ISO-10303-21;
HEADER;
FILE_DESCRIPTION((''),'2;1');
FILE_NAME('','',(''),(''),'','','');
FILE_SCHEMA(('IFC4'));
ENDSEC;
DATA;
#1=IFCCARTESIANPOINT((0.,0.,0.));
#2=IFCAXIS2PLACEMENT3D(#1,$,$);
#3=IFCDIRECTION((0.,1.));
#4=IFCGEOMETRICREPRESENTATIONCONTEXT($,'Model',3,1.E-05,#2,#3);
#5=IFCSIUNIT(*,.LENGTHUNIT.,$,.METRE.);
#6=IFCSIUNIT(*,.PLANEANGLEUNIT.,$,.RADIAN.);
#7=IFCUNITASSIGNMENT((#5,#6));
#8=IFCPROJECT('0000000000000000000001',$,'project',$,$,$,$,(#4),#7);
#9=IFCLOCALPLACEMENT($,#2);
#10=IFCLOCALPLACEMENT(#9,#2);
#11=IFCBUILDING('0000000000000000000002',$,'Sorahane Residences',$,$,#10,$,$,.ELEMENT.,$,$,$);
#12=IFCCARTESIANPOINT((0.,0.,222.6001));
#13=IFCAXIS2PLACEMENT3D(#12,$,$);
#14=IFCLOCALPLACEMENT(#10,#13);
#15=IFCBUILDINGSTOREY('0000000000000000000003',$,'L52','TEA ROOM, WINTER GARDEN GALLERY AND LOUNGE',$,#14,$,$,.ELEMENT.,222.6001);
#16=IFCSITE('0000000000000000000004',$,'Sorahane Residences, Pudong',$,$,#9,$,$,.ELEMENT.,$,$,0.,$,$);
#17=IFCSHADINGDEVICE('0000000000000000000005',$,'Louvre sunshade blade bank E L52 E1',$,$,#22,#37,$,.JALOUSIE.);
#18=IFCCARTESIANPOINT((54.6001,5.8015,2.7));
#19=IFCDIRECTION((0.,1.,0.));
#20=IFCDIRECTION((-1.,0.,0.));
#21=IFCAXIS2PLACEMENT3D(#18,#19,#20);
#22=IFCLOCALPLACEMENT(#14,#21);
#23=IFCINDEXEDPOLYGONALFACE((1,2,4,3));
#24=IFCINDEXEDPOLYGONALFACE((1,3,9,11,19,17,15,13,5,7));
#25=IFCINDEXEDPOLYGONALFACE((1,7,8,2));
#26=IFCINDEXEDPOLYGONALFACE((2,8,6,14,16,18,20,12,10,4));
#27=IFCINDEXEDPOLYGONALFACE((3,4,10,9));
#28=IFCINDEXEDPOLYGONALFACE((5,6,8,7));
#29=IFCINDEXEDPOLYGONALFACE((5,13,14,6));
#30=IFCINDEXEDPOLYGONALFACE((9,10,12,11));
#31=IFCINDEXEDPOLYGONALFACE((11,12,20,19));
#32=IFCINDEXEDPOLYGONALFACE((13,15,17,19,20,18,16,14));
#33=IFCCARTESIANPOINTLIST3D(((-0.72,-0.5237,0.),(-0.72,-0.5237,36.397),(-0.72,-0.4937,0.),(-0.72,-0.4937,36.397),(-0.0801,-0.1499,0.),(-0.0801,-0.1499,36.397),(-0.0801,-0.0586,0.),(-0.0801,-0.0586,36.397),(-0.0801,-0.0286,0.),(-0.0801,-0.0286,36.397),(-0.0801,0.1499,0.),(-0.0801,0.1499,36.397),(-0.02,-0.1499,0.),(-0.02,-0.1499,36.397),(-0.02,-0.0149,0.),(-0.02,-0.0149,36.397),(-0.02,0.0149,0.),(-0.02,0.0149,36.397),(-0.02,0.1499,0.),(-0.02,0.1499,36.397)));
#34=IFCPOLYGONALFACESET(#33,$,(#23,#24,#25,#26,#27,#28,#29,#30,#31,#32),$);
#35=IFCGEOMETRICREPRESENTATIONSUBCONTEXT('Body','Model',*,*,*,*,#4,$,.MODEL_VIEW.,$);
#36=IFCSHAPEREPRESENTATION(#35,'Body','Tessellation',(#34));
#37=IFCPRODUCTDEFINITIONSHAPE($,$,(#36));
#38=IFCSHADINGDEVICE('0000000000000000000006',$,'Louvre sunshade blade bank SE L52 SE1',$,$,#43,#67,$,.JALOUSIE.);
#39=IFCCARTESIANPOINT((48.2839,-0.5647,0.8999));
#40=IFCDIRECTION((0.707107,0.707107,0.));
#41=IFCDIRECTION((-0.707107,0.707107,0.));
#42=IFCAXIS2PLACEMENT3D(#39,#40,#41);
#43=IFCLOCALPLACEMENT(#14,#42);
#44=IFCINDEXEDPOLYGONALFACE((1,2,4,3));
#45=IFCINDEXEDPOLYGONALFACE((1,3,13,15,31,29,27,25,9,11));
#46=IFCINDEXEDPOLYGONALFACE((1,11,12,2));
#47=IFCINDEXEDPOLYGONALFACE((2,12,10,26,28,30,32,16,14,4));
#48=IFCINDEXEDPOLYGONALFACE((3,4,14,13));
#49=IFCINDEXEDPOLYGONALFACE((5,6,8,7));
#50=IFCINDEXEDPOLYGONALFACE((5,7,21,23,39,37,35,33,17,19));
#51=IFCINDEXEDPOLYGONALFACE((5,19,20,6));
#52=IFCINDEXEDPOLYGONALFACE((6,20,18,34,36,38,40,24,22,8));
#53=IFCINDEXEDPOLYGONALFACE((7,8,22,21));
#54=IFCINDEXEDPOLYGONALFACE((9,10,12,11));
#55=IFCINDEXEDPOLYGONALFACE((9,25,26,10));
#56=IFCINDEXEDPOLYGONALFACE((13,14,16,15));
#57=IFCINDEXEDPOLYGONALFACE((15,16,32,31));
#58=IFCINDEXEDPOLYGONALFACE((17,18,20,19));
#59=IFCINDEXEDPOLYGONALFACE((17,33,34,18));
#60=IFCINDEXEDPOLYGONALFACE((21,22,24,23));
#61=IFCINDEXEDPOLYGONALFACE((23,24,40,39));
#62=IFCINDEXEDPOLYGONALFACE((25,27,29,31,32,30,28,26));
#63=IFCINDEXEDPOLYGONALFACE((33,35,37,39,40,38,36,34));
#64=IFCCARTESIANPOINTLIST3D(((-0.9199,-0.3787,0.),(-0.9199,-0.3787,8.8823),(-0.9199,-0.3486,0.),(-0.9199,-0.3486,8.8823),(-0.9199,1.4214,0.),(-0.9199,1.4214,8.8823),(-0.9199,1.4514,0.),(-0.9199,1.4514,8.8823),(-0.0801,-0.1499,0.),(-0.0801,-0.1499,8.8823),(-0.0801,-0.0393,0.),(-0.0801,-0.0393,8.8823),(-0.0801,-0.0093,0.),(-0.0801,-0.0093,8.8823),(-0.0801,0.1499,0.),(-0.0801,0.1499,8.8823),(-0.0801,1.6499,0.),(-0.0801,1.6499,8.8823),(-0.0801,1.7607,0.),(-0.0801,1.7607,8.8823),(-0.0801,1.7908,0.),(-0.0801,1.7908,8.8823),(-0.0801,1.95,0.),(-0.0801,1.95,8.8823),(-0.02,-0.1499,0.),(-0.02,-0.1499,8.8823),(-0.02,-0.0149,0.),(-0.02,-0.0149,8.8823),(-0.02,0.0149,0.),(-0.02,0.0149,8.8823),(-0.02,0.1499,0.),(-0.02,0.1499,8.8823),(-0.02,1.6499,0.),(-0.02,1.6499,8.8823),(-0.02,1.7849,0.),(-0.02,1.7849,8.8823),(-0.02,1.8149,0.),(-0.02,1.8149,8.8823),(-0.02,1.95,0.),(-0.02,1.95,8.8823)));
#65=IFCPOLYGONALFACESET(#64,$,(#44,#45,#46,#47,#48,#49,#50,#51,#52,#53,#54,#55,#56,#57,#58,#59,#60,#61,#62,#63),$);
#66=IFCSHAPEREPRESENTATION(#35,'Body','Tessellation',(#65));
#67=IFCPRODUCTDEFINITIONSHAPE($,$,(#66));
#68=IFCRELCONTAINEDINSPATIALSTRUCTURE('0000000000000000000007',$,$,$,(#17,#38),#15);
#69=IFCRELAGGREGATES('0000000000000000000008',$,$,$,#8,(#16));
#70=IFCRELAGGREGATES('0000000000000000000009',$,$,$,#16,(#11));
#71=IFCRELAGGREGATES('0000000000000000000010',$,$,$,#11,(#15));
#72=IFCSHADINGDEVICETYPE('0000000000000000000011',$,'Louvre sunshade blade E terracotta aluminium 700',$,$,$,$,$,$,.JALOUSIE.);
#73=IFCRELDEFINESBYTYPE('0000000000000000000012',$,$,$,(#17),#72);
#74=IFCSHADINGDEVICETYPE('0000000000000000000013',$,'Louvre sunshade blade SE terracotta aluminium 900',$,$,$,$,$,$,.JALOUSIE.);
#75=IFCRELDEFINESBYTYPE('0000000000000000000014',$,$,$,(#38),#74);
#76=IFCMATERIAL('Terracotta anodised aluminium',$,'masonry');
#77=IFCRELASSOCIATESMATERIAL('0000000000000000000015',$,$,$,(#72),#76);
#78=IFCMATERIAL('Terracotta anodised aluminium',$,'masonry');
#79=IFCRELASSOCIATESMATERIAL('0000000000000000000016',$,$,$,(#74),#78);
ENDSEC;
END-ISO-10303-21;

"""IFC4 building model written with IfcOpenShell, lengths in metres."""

from ifc_helpers import new_model, si_unit, direction, frame, origin, place, context, subcontext, project, spatial, polyline, outline, composite_profile, extrude, material, type_object, element, save


model = new_model("IFC4")

# Units and contexts
model_context = context("Model", 3, precision=1e-05, world=origin(), true_north=direction((0.0, 1.0)))
body_context = subcontext(model_context, "Body", "Model", "MODEL_VIEW")
ifc_project = project(units=[si_unit("LENGTHUNIT", "METRE"), si_unit("PLANEANGLEUNIT", "RADIAN")], contexts=[model_context])

# Site, building, storey
site_placement = place(None, origin())
site = spatial("IfcSite", under=ifc_project, at=site_placement, Name="Sorahane Residences, Pudong", CompositionType="ELEMENT", RefElevation=0.0)
building_placement = place(site_placement, origin())
building = spatial("IfcBuilding", under=site, at=building_placement, Name="Sorahane Residences", CompositionType="ELEMENT")
storey_placement = place(building_placement, frame((0.0, 0.0, 222.6001)))
storey = spatial("IfcBuildingStorey", under=building, at=storey_placement, Name="L52", Description="TEA ROOM, WINTER GARDEN GALLERY AND LOUNGE", CompositionType="ELEMENT", Elevation=222.6001)

# Shading devices
ifc_material_1 = material(Name="Terracotta anodised aluminium", Category="masonry")
shading_device_type_1 = type_object("IfcShadingDeviceType", Name="Louvre sunshade blade E terracotta aluminium 700", PredefinedType="JALOUSIE", material=ifc_material_1)
shading_device_1_placement = place(storey_placement, frame((54.6001, 5.8015, 2.7), z_axis=(0.0, 1.0, 0.0), x_axis=(-1.0, 0.0, 0.0)))
element("IfcShadingDevice", 1, at=shading_device_1_placement, inside=storey, type_object=shading_device_type_1, Name="Louvre sunshade blade bank E L52 E1", PredefinedType="JALOUSIE", context=body_context, shape_type="SweptSolid", body=[
    extrude(outline(polyline([(-0.72, -0.4937), (-0.72, -0.5237), (-0.0801, -0.0586), (-0.0801, -0.1499), (-0.02, -0.1499), (-0.02, -0.0149), (-0.02, 0.0149), (-0.02, 0.1499), (-0.0801, 0.1499), (-0.0801, -0.0286), (-0.72, -0.4937)])), origin(), (0.0, 0.0, 1.0), 36.397),
])
ifc_material_2 = material(Name="Terracotta anodised aluminium", Category="masonry")
shading_device_type_2 = type_object("IfcShadingDeviceType", Name="Louvre sunshade blade SE terracotta aluminium 900", PredefinedType="JALOUSIE", material=ifc_material_2)
shading_device_2_placement = place(storey_placement, frame((48.2839, -0.5647, 0.8999), z_axis=(0.707107, 0.707107, 0.0), x_axis=(-0.707107, 0.707107, 0.0)))
element("IfcShadingDevice", 2, at=shading_device_2_placement, inside=storey, type_object=shading_device_type_2, Name="Louvre sunshade blade bank SE L52 SE1", PredefinedType="JALOUSIE", context=body_context, shape_type="SweptSolid", body=[
    extrude(composite_profile([outline(polyline([(-0.9199, -0.3486), (-0.9199, -0.3787), (-0.0801, -0.0393), (-0.0801, -0.1499), (-0.02, -0.1499), (-0.02, -0.0149), (-0.02, 0.0149), (-0.02, 0.1499), (-0.0801, 0.1499), (-0.0801, -0.0093), (-0.9199, -0.3486)])), outline(polyline([(-0.9199, 1.4514), (-0.9199, 1.4214), (-0.0801, 1.7607), (-0.0801, 1.6499), (-0.02, 1.6499), (-0.02, 1.7849), (-0.02, 1.8149), (-0.02, 1.95), (-0.0801, 1.95), (-0.0801, 1.7908), (-0.9199, 1.4514)]))]), origin(), (0.0, 0.0, 1.0), 8.8823),
])

save(model, "model.ifc")
